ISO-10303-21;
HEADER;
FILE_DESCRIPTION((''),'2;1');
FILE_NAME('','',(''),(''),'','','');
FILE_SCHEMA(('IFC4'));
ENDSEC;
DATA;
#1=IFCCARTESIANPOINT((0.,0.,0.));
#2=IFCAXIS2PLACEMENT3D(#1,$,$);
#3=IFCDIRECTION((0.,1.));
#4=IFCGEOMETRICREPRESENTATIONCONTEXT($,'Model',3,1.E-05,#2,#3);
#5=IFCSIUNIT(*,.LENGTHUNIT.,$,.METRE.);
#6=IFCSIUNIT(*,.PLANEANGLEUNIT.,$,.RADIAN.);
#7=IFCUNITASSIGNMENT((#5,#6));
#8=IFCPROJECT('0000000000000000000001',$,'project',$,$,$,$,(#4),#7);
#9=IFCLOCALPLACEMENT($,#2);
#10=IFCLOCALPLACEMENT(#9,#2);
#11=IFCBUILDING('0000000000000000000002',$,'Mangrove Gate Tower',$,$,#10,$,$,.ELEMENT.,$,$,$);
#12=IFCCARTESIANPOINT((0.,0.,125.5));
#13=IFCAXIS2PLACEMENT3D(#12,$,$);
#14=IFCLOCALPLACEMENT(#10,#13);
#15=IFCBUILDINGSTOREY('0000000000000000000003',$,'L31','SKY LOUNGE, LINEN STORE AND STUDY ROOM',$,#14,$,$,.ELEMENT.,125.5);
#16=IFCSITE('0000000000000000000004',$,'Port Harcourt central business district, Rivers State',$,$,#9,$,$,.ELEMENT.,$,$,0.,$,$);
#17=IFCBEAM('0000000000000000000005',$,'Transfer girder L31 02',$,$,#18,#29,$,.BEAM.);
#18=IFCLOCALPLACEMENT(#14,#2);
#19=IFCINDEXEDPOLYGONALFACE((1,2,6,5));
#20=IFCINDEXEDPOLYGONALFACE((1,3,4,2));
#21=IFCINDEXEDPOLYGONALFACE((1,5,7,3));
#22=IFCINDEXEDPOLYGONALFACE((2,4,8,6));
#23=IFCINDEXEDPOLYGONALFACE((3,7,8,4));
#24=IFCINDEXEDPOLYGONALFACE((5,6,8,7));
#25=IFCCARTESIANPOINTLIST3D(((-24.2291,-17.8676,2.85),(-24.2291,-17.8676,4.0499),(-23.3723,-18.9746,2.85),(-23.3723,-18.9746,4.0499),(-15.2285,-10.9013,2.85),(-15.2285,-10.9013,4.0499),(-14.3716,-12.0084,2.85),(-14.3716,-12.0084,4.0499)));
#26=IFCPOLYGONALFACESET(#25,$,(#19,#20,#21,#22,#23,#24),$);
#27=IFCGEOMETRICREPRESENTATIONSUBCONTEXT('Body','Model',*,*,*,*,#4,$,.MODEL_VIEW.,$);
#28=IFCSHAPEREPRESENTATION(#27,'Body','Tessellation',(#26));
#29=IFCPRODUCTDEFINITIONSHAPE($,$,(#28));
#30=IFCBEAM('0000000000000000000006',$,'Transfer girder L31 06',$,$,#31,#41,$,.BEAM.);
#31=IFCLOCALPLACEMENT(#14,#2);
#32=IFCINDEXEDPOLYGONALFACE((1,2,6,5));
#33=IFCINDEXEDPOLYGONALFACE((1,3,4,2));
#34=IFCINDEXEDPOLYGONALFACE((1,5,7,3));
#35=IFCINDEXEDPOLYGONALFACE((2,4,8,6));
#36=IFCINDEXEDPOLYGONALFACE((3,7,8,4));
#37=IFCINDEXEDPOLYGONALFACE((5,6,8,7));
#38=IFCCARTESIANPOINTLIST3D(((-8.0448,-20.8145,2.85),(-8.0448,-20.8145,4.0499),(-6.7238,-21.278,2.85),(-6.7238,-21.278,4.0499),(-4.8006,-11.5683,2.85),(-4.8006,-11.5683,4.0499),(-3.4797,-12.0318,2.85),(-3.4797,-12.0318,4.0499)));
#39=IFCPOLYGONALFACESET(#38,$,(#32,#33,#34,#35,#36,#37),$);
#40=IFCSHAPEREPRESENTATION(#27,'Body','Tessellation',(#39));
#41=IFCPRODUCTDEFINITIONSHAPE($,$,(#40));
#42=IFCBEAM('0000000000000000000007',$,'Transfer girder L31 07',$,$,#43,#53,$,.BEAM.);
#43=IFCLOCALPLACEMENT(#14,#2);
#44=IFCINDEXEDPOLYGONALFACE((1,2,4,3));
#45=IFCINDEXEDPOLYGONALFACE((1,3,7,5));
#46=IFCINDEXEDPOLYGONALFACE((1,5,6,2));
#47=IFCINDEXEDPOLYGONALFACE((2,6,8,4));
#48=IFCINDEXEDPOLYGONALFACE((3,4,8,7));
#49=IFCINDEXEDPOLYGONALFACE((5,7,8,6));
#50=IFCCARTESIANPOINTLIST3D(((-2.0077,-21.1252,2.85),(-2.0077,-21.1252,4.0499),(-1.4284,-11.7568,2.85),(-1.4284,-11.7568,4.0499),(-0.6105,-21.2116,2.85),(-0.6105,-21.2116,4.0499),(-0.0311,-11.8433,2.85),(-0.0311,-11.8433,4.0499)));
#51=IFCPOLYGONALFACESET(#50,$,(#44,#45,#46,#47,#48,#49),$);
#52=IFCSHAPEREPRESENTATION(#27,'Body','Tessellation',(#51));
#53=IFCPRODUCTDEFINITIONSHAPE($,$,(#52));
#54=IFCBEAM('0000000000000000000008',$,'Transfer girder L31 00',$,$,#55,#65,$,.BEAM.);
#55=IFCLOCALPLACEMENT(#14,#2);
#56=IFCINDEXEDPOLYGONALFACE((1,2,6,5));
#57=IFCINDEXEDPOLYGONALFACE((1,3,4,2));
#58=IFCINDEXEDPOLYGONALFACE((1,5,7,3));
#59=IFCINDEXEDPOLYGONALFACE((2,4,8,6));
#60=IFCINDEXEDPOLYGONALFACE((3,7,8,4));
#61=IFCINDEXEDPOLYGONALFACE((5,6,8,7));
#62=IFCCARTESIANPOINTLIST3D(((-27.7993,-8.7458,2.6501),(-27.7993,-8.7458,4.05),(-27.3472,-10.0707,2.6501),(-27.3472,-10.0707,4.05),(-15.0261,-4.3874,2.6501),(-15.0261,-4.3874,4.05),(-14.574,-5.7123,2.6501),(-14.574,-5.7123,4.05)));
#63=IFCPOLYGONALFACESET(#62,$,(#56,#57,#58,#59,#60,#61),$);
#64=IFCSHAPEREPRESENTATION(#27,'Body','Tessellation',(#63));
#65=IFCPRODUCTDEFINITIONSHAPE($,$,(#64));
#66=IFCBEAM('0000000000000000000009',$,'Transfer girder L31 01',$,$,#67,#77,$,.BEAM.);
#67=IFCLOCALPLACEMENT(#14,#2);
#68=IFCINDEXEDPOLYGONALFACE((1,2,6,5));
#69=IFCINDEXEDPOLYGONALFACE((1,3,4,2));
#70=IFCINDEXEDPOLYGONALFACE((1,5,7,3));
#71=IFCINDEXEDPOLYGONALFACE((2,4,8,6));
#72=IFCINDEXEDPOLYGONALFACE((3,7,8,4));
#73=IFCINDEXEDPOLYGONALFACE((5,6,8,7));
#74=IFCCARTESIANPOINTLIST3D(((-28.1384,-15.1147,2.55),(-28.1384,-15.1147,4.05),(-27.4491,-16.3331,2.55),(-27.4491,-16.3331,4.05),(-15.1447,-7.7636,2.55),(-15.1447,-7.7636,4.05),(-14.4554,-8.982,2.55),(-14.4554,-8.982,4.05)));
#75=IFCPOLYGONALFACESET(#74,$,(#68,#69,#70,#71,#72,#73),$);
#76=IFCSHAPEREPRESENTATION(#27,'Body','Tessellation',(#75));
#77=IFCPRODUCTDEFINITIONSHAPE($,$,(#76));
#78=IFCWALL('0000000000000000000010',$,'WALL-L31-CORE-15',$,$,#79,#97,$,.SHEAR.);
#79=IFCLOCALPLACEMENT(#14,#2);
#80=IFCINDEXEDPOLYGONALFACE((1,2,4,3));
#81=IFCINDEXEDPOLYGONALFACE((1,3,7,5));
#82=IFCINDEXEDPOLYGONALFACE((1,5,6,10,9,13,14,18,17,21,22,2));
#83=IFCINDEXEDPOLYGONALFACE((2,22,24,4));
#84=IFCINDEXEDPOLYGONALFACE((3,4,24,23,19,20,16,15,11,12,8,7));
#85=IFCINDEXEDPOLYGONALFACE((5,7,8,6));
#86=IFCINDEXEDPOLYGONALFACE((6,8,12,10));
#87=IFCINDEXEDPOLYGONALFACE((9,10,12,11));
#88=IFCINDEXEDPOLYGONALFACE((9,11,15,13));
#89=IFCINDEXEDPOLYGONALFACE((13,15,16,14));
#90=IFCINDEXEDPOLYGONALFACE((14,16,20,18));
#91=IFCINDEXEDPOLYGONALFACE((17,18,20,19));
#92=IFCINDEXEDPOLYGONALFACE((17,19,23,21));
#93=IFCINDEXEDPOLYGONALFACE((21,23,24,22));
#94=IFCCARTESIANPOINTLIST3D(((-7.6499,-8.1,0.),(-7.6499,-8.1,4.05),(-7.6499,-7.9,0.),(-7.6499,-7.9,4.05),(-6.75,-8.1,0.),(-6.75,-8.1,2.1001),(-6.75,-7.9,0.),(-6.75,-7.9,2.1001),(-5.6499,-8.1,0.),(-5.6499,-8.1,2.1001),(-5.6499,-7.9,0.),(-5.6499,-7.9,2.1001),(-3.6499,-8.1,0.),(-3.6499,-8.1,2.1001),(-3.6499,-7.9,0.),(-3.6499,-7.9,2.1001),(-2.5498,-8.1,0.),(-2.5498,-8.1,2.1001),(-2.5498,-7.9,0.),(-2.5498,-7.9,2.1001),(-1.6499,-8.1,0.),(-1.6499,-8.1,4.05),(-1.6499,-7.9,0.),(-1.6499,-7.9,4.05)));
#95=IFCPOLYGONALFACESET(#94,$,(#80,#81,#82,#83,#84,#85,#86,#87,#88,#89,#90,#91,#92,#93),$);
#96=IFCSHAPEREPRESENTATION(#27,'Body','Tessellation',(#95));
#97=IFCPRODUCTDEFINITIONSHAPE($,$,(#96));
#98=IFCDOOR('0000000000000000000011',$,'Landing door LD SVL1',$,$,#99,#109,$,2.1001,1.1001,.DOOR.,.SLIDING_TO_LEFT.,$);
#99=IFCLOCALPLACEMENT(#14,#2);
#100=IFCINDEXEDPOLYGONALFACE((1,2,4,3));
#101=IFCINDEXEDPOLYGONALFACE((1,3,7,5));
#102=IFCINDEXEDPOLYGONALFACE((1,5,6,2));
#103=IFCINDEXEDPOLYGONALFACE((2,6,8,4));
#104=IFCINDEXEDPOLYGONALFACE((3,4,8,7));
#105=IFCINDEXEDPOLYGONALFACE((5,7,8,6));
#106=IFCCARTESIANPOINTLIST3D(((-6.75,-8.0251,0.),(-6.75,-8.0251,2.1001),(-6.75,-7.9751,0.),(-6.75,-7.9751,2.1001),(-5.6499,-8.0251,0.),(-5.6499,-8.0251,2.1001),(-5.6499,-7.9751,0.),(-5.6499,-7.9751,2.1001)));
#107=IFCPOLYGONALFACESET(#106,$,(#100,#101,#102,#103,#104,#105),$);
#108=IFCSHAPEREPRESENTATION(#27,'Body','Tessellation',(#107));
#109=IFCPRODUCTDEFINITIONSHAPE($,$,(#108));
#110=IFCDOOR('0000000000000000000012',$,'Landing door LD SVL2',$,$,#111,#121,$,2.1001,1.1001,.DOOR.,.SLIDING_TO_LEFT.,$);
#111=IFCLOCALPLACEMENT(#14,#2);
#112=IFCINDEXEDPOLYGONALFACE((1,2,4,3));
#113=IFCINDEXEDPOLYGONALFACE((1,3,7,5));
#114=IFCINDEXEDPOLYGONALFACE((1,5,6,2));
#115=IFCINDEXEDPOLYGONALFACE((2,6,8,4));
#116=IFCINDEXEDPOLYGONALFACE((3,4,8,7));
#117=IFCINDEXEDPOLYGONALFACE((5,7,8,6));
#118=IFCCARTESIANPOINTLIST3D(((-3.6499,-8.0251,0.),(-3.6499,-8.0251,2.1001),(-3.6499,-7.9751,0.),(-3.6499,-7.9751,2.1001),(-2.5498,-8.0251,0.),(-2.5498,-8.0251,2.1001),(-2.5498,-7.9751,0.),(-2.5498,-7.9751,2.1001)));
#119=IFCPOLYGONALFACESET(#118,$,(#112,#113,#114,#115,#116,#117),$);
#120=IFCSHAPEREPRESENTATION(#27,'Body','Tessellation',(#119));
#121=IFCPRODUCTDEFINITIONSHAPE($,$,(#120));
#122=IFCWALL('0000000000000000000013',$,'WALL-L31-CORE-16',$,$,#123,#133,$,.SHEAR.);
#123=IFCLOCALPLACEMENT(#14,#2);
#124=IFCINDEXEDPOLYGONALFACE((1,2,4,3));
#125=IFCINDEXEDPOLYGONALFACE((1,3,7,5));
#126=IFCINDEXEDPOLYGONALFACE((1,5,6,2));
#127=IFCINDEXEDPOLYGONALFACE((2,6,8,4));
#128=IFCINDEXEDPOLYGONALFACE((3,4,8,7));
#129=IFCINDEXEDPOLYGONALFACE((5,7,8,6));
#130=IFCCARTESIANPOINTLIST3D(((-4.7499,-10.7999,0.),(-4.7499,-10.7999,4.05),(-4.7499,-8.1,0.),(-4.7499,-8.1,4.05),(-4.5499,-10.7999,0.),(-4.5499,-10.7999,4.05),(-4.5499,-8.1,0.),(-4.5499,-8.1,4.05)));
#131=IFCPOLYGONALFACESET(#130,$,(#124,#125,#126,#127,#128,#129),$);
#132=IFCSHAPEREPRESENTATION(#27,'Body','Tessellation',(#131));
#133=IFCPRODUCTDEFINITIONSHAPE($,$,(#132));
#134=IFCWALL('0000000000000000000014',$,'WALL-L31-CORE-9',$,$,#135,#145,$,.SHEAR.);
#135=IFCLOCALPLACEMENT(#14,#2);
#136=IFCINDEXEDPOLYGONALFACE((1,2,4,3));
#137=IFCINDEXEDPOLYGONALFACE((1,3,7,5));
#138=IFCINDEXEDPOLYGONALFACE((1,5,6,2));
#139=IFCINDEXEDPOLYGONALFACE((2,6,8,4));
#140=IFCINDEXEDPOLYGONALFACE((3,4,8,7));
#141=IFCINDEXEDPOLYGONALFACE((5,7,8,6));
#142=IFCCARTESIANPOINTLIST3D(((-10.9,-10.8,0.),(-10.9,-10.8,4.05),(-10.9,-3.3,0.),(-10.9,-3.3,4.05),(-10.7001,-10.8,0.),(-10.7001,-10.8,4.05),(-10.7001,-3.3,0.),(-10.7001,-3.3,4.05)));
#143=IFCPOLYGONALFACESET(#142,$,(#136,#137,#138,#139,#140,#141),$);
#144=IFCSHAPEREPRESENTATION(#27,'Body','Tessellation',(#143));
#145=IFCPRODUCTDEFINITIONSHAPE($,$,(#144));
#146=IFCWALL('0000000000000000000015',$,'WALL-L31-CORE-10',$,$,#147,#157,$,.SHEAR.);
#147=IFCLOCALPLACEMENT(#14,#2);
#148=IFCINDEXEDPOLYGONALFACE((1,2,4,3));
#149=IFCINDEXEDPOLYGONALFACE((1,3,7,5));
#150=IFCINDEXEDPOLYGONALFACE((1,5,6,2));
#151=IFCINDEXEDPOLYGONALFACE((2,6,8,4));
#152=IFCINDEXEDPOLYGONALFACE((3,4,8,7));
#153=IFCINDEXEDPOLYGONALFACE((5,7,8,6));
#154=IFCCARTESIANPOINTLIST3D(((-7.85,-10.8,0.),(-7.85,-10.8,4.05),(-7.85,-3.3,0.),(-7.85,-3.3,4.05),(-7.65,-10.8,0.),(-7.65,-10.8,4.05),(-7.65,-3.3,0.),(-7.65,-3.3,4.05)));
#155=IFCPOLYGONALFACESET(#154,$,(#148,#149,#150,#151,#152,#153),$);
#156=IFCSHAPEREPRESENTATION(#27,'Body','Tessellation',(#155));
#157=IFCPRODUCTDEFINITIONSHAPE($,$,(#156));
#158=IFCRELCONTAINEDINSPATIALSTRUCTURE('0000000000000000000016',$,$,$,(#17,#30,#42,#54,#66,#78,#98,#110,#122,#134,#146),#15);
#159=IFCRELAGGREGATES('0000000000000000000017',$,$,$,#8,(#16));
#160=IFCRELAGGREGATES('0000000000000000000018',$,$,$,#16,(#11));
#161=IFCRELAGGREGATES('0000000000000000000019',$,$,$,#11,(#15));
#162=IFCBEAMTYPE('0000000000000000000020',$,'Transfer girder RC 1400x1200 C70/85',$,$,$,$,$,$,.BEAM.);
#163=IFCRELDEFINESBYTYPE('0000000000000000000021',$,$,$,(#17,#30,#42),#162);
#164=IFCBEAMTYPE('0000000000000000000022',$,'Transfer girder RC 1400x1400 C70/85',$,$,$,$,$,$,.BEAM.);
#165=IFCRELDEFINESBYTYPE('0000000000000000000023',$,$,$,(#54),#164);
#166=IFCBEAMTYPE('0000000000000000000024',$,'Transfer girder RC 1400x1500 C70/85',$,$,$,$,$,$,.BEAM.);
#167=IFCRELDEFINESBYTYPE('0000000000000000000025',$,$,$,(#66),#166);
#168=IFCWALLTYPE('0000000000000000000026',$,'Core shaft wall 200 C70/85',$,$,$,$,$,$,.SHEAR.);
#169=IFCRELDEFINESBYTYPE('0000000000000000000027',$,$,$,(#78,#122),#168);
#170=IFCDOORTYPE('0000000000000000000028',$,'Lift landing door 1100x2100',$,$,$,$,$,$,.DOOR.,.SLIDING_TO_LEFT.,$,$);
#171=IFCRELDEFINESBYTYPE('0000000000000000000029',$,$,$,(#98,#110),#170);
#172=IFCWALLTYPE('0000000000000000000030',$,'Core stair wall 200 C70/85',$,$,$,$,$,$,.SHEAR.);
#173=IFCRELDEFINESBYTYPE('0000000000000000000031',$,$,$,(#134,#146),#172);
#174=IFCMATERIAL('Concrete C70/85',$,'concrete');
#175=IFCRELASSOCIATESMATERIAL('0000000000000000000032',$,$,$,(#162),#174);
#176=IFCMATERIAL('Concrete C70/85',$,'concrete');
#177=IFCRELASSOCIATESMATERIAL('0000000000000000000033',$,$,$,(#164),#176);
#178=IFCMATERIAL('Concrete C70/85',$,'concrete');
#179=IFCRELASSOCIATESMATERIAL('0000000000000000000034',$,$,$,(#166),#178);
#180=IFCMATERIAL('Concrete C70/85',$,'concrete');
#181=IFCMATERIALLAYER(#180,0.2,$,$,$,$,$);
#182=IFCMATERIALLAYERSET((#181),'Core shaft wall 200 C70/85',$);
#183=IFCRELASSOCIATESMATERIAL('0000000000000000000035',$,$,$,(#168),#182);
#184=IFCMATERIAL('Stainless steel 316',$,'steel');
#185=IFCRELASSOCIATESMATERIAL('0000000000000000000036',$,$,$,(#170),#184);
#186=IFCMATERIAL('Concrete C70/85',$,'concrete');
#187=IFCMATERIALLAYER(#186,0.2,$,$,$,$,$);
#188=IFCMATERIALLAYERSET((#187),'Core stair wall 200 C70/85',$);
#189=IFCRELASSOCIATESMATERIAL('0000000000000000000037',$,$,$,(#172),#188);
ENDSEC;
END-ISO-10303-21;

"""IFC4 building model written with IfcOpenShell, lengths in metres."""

from ifc_helpers import new_model, si_unit, direction, frame, frame_2d, origin, origin_2d, place, context, subcontext, project, spatial, rectangle, extrude, material, layer, layer_set, material_profile, profile_set, type_object, element, fill, save


model = new_model("IFC4")

# Units and contexts
model_context = context("Model", 3, precision=1e-05, world=origin(), true_north=direction((0.0, 1.0)))
body_context = subcontext(model_context, "Body", "Model", "MODEL_VIEW")
ifc_project = project(units=[si_unit("LENGTHUNIT", "METRE"), si_unit("PLANEANGLEUNIT", "RADIAN")], contexts=[model_context])

# Site, building, storey
site_placement = place(None, origin())
site = spatial("IfcSite", under=ifc_project, at=site_placement, Name="Port Harcourt central business district, Rivers State", CompositionType="ELEMENT", RefElevation=0.0)
building_placement = place(site_placement, origin())
building = spatial("IfcBuilding", under=site, at=building_placement, Name="Mangrove Gate Tower", CompositionType="ELEMENT")
storey_placement = place(building_placement, frame((0.0, 0.0, 125.5)))
storey = spatial("IfcBuildingStorey", under=building, at=storey_placement, Name="L31", Description="SKY LOUNGE, LINEN STORE AND STUDY ROOM", CompositionType="ELEMENT", Elevation=125.5)

# Beams
ifc_material_1 = material(Name="Concrete C70/85", Category="concrete")
ifc_material_profile_1 = material_profile(ifc_material_1, rectangle(XDim=1.3999, YDim=1.2, at=origin_2d()))
ifc_profile_set_1 = profile_set([ifc_material_profile_1], Name="Concrete C70/85")
beam_type_1 = type_object("IfcBeamType", Name="Transfer girder RC 1400x1200 C70/85", PredefinedType="BEAM", material=ifc_profile_set_1)
beam_1_placement = place(storey_placement, frame((-14.8, -11.4548, 3.45), z_axis=(-0.790809, -0.612063, 0.0), x_axis=(0.612063, -0.790809, 0.0)))
element("IfcBeam", 1, at=beam_1_placement, inside=storey, type_object=beam_type_1, Name="Transfer girder L31 02", PredefinedType="BEAM", context=body_context, shape_type="SweptSolid", body=[
    extrude(rectangle(XDim=1.3999, YDim=1.2, at=origin_2d()), origin(), (0.0, 0.0, 1.0), 11.3816),
])
beam_2_placement = place(storey_placement, frame((-4.1401, -11.8, 3.45), z_axis=(-0.331078, -0.943603, 0.0), x_axis=(0.943603, -0.331078, 0.0)))
element("IfcBeam", 2, at=beam_2_placement, inside=storey, type_object=beam_type_1, Name="Transfer girder L31 06", PredefinedType="BEAM", context=body_context, shape_type="SweptSolid", body=[
    extrude(rectangle(XDim=1.3999, YDim=1.2, at=origin_2d()), origin(), (0.0, 0.0, 1.0), 9.7988),
])
beam_3_placement = place(storey_placement, frame((-0.7297, -11.8, 3.45), z_axis=(-0.061722, -0.998093, 0.0), x_axis=(0.998093, -0.061722, 0.0)))
element("IfcBeam", 3, at=beam_3_placement, inside=storey, type_object=beam_type_1, Name="Transfer girder L31 07", PredefinedType="BEAM", context=body_context, shape_type="SweptSolid", body=[
    extrude(rectangle(XDim=1.3999, YDim=1.2, at=origin_2d()), origin(), (0.0, 0.0, 1.0), 9.3862),
])
ifc_material_2 = material(Name="Concrete C70/85", Category="concrete")
ifc_material_profile_2 = material_profile(ifc_material_2, rectangle(XDim=1.3999, YDim=1.3999, at=origin_2d()))
ifc_profile_set_2 = profile_set([ifc_material_profile_2], Name="Concrete C70/85")
beam_type_2 = type_object("IfcBeamType", Name="Transfer girder RC 1400x1400 C70/85", PredefinedType="BEAM", material=ifc_profile_set_2)
beam_4_placement = place(storey_placement, frame((-14.8, -5.0498, 3.3501), z_axis=(-0.946422, -0.322933, 0.0), x_axis=(0.322933, -0.946422, 0.0)))
element("IfcBeam", 4, at=beam_4_placement, inside=storey, type_object=beam_type_2, Name="Transfer girder L31 00", PredefinedType="BEAM", context=body_context, shape_type="SweptSolid", body=[
    extrude(rectangle(XDim=1.3999, YDim=1.3999, at=origin_2d()), origin(), (0.0, 0.0, 1.0), 13.4963),
])
ifc_material_3 = material(Name="Concrete C70/85", Category="concrete")
ifc_material_profile_3 = material_profile(ifc_material_3, rectangle(XDim=1.3999, YDim=1.5, at=origin_2d()))
ifc_profile_set_3 = profile_set([ifc_material_profile_3], Name="Concrete C70/85")
beam_type_3 = type_object("IfcBeamType", Name="Transfer girder RC 1400x1500 C70/85", PredefinedType="BEAM", material=ifc_profile_set_3)
beam_5_placement = place(storey_placement, frame((-14.8, -8.3728, 3.3), z_axis=(-0.870367, -0.492404, 0.0), x_axis=(0.492404, -0.870367, 0.0)))
element("IfcBeam", 5, at=beam_5_placement, inside=storey, type_object=beam_type_3, Name="Transfer girder L31 01", PredefinedType="BEAM", context=body_context, shape_type="SweptSolid", body=[
    extrude(rectangle(XDim=1.3999, YDim=1.5, at=origin_2d()), origin(), (0.0, 0.0, 1.0), 14.929),
])

# Wall, openings, doors
ifc_material_4 = material(Name="Concrete C70/85", Category="concrete")
ifc_layer_1 = layer(ifc_material_4, 0.2)
ifc_layer_set_1 = layer_set([ifc_layer_1], Name="Core shaft wall 200 C70/85")
wall_type_1 = type_object("IfcWallType", Name="Core shaft wall 200 C70/85", PredefinedType="SHEAR", material=ifc_layer_set_1)
wall_1_placement = place(storey_placement, frame((-7.6499, -8.0, 0.0), z_axis=(0.0, 0.0, 1.0), x_axis=(1.0, 0.0, 0.0)))
wall_1 = element("IfcWall", 6, at=wall_1_placement, inside=storey, type_object=wall_type_1, Name="WALL-L31-CORE-15", PredefinedType="SHEAR", context=body_context, shape_type="SweptSolid", body=[
    extrude(rectangle(XDim=6.0, YDim=0.2, at=frame_2d((3.0, 0.0))), origin(), (0.0, 0.0, 1.0), 4.05),
])
opening_1_placement = place(wall_1_placement, frame((0.8999, 0.0, 0.0)))
opening_1 = element("IfcOpeningElement", 7, at=opening_1_placement, cuts=wall_1, PredefinedType="OPENING", context=body_context, shape_type="SweptSolid", body=[
    extrude(rectangle(XDim=1.1001, YDim=2.1001, at=frame_2d((0.55, 1.05))), frame((0.0, 0.1099, 0.0), z_axis=(0.0, -1.0, 0.0), x_axis=(1.0, 0.0, 0.0)), (0.0, 0.0, 1.0), 0.22),
])
opening_2_placement = place(wall_1_placement, frame((4.0, 0.0, 0.0)))
opening_2 = element("IfcOpeningElement", 8, at=opening_2_placement, cuts=wall_1, PredefinedType="OPENING", context=body_context, shape_type="SweptSolid", body=[
    extrude(rectangle(XDim=1.1001, YDim=2.1001, at=frame_2d((0.55, 1.05))), frame((0.0, 0.1099, 0.0), z_axis=(0.0, -1.0, 0.0), x_axis=(1.0, 0.0, 0.0)), (0.0, 0.0, 1.0), 0.22),
])
ifc_material_5 = material(Name="Stainless steel 316", Category="steel")
door_type_1 = type_object("IfcDoorType", Name="Lift landing door 1100x2100", OperationType="SLIDING_TO_LEFT", PredefinedType="DOOR", material=ifc_material_5)
door_1_placement = place(opening_1_placement, origin())
door_1 = element("IfcDoor", 9, at=door_1_placement, inside=storey, type_object=door_type_1, Name="Landing door LD SVL1", OperationType="SLIDING_TO_LEFT", OverallHeight=2.1001, OverallWidth=1.1001, PredefinedType="DOOR", context=body_context, shape_type="SweptSolid", body=[
    extrude(rectangle(XDim=1.1001, YDim=2.1001, at=frame_2d((0.55, 1.05))), frame((0.0, 0.0249, 0.0), z_axis=(0.0, -1.0, 0.0), x_axis=(1.0, 0.0, 0.0)), (0.0, 0.0, 1.0), 0.05),
])
fill(opening_1, door_1)
door_2_placement = place(opening_2_placement, origin())
door_2 = element("IfcDoor", 10, at=door_2_placement, inside=storey, type_object=door_type_1, Name="Landing door LD SVL2", OperationType="SLIDING_TO_LEFT", OverallHeight=2.1001, OverallWidth=1.1001, PredefinedType="DOOR", context=body_context, shape_type="SweptSolid", body=[
    extrude(rectangle(XDim=1.1001, YDim=2.1001, at=frame_2d((0.55, 1.05))), frame((0.0, 0.0249, 0.0), z_axis=(0.0, -1.0, 0.0), x_axis=(1.0, 0.0, 0.0)), (0.0, 0.0, 1.0), 0.05),
])
fill(opening_2, door_2)

# Walls
wall_2_placement = place(storey_placement, frame((-4.6499, -10.8, 0.0), z_axis=(0.0, 0.0, 1.0), x_axis=(0.0, 1.0, 0.0)))
element("IfcWall", 11, at=wall_2_placement, inside=storey, type_object=wall_type_1, Name="WALL-L31-CORE-16", PredefinedType="SHEAR", context=body_context, shape_type="SweptSolid", body=[
    extrude(rectangle(XDim=2.7, YDim=0.2, at=frame_2d((1.3501, 0.0))), origin(), (0.0, 0.0, 1.0), 4.05),
])
ifc_material_6 = material(Name="Concrete C70/85", Category="concrete")
ifc_layer_2 = layer(ifc_material_6, 0.2)
ifc_layer_set_2 = layer_set([ifc_layer_2], Name="Core stair wall 200 C70/85")
wall_type_2 = type_object("IfcWallType", Name="Core stair wall 200 C70/85", PredefinedType="SHEAR", material=ifc_layer_set_2)
for number, where, z_axis, x_axis, name in (
    (12, (-10.8, -10.8, 0.0), (0.0, 0.0, 1.0), (0.0, 1.0, 0.0), "WALL-L31-CORE-9"),
    (13, (-7.75, -10.8, 0.0), (0.0, 0.0, 1.0), (0.0, 1.0, 0.0), "WALL-L31-CORE-10"),
):
    element("IfcWall", number, at=place(storey_placement, frame(where, z_axis=z_axis, x_axis=x_axis)), inside=storey, type_object=wall_type_2, Name=name, PredefinedType="SHEAR", context=body_context, shape_type="SweptSolid", body=[
        extrude(rectangle(XDim=7.5, YDim=0.2, at=frame_2d((3.75, 0.0))), origin(), (0.0, 0.0, 1.0), 4.05),
    ])

save(model, "model.ifc")
